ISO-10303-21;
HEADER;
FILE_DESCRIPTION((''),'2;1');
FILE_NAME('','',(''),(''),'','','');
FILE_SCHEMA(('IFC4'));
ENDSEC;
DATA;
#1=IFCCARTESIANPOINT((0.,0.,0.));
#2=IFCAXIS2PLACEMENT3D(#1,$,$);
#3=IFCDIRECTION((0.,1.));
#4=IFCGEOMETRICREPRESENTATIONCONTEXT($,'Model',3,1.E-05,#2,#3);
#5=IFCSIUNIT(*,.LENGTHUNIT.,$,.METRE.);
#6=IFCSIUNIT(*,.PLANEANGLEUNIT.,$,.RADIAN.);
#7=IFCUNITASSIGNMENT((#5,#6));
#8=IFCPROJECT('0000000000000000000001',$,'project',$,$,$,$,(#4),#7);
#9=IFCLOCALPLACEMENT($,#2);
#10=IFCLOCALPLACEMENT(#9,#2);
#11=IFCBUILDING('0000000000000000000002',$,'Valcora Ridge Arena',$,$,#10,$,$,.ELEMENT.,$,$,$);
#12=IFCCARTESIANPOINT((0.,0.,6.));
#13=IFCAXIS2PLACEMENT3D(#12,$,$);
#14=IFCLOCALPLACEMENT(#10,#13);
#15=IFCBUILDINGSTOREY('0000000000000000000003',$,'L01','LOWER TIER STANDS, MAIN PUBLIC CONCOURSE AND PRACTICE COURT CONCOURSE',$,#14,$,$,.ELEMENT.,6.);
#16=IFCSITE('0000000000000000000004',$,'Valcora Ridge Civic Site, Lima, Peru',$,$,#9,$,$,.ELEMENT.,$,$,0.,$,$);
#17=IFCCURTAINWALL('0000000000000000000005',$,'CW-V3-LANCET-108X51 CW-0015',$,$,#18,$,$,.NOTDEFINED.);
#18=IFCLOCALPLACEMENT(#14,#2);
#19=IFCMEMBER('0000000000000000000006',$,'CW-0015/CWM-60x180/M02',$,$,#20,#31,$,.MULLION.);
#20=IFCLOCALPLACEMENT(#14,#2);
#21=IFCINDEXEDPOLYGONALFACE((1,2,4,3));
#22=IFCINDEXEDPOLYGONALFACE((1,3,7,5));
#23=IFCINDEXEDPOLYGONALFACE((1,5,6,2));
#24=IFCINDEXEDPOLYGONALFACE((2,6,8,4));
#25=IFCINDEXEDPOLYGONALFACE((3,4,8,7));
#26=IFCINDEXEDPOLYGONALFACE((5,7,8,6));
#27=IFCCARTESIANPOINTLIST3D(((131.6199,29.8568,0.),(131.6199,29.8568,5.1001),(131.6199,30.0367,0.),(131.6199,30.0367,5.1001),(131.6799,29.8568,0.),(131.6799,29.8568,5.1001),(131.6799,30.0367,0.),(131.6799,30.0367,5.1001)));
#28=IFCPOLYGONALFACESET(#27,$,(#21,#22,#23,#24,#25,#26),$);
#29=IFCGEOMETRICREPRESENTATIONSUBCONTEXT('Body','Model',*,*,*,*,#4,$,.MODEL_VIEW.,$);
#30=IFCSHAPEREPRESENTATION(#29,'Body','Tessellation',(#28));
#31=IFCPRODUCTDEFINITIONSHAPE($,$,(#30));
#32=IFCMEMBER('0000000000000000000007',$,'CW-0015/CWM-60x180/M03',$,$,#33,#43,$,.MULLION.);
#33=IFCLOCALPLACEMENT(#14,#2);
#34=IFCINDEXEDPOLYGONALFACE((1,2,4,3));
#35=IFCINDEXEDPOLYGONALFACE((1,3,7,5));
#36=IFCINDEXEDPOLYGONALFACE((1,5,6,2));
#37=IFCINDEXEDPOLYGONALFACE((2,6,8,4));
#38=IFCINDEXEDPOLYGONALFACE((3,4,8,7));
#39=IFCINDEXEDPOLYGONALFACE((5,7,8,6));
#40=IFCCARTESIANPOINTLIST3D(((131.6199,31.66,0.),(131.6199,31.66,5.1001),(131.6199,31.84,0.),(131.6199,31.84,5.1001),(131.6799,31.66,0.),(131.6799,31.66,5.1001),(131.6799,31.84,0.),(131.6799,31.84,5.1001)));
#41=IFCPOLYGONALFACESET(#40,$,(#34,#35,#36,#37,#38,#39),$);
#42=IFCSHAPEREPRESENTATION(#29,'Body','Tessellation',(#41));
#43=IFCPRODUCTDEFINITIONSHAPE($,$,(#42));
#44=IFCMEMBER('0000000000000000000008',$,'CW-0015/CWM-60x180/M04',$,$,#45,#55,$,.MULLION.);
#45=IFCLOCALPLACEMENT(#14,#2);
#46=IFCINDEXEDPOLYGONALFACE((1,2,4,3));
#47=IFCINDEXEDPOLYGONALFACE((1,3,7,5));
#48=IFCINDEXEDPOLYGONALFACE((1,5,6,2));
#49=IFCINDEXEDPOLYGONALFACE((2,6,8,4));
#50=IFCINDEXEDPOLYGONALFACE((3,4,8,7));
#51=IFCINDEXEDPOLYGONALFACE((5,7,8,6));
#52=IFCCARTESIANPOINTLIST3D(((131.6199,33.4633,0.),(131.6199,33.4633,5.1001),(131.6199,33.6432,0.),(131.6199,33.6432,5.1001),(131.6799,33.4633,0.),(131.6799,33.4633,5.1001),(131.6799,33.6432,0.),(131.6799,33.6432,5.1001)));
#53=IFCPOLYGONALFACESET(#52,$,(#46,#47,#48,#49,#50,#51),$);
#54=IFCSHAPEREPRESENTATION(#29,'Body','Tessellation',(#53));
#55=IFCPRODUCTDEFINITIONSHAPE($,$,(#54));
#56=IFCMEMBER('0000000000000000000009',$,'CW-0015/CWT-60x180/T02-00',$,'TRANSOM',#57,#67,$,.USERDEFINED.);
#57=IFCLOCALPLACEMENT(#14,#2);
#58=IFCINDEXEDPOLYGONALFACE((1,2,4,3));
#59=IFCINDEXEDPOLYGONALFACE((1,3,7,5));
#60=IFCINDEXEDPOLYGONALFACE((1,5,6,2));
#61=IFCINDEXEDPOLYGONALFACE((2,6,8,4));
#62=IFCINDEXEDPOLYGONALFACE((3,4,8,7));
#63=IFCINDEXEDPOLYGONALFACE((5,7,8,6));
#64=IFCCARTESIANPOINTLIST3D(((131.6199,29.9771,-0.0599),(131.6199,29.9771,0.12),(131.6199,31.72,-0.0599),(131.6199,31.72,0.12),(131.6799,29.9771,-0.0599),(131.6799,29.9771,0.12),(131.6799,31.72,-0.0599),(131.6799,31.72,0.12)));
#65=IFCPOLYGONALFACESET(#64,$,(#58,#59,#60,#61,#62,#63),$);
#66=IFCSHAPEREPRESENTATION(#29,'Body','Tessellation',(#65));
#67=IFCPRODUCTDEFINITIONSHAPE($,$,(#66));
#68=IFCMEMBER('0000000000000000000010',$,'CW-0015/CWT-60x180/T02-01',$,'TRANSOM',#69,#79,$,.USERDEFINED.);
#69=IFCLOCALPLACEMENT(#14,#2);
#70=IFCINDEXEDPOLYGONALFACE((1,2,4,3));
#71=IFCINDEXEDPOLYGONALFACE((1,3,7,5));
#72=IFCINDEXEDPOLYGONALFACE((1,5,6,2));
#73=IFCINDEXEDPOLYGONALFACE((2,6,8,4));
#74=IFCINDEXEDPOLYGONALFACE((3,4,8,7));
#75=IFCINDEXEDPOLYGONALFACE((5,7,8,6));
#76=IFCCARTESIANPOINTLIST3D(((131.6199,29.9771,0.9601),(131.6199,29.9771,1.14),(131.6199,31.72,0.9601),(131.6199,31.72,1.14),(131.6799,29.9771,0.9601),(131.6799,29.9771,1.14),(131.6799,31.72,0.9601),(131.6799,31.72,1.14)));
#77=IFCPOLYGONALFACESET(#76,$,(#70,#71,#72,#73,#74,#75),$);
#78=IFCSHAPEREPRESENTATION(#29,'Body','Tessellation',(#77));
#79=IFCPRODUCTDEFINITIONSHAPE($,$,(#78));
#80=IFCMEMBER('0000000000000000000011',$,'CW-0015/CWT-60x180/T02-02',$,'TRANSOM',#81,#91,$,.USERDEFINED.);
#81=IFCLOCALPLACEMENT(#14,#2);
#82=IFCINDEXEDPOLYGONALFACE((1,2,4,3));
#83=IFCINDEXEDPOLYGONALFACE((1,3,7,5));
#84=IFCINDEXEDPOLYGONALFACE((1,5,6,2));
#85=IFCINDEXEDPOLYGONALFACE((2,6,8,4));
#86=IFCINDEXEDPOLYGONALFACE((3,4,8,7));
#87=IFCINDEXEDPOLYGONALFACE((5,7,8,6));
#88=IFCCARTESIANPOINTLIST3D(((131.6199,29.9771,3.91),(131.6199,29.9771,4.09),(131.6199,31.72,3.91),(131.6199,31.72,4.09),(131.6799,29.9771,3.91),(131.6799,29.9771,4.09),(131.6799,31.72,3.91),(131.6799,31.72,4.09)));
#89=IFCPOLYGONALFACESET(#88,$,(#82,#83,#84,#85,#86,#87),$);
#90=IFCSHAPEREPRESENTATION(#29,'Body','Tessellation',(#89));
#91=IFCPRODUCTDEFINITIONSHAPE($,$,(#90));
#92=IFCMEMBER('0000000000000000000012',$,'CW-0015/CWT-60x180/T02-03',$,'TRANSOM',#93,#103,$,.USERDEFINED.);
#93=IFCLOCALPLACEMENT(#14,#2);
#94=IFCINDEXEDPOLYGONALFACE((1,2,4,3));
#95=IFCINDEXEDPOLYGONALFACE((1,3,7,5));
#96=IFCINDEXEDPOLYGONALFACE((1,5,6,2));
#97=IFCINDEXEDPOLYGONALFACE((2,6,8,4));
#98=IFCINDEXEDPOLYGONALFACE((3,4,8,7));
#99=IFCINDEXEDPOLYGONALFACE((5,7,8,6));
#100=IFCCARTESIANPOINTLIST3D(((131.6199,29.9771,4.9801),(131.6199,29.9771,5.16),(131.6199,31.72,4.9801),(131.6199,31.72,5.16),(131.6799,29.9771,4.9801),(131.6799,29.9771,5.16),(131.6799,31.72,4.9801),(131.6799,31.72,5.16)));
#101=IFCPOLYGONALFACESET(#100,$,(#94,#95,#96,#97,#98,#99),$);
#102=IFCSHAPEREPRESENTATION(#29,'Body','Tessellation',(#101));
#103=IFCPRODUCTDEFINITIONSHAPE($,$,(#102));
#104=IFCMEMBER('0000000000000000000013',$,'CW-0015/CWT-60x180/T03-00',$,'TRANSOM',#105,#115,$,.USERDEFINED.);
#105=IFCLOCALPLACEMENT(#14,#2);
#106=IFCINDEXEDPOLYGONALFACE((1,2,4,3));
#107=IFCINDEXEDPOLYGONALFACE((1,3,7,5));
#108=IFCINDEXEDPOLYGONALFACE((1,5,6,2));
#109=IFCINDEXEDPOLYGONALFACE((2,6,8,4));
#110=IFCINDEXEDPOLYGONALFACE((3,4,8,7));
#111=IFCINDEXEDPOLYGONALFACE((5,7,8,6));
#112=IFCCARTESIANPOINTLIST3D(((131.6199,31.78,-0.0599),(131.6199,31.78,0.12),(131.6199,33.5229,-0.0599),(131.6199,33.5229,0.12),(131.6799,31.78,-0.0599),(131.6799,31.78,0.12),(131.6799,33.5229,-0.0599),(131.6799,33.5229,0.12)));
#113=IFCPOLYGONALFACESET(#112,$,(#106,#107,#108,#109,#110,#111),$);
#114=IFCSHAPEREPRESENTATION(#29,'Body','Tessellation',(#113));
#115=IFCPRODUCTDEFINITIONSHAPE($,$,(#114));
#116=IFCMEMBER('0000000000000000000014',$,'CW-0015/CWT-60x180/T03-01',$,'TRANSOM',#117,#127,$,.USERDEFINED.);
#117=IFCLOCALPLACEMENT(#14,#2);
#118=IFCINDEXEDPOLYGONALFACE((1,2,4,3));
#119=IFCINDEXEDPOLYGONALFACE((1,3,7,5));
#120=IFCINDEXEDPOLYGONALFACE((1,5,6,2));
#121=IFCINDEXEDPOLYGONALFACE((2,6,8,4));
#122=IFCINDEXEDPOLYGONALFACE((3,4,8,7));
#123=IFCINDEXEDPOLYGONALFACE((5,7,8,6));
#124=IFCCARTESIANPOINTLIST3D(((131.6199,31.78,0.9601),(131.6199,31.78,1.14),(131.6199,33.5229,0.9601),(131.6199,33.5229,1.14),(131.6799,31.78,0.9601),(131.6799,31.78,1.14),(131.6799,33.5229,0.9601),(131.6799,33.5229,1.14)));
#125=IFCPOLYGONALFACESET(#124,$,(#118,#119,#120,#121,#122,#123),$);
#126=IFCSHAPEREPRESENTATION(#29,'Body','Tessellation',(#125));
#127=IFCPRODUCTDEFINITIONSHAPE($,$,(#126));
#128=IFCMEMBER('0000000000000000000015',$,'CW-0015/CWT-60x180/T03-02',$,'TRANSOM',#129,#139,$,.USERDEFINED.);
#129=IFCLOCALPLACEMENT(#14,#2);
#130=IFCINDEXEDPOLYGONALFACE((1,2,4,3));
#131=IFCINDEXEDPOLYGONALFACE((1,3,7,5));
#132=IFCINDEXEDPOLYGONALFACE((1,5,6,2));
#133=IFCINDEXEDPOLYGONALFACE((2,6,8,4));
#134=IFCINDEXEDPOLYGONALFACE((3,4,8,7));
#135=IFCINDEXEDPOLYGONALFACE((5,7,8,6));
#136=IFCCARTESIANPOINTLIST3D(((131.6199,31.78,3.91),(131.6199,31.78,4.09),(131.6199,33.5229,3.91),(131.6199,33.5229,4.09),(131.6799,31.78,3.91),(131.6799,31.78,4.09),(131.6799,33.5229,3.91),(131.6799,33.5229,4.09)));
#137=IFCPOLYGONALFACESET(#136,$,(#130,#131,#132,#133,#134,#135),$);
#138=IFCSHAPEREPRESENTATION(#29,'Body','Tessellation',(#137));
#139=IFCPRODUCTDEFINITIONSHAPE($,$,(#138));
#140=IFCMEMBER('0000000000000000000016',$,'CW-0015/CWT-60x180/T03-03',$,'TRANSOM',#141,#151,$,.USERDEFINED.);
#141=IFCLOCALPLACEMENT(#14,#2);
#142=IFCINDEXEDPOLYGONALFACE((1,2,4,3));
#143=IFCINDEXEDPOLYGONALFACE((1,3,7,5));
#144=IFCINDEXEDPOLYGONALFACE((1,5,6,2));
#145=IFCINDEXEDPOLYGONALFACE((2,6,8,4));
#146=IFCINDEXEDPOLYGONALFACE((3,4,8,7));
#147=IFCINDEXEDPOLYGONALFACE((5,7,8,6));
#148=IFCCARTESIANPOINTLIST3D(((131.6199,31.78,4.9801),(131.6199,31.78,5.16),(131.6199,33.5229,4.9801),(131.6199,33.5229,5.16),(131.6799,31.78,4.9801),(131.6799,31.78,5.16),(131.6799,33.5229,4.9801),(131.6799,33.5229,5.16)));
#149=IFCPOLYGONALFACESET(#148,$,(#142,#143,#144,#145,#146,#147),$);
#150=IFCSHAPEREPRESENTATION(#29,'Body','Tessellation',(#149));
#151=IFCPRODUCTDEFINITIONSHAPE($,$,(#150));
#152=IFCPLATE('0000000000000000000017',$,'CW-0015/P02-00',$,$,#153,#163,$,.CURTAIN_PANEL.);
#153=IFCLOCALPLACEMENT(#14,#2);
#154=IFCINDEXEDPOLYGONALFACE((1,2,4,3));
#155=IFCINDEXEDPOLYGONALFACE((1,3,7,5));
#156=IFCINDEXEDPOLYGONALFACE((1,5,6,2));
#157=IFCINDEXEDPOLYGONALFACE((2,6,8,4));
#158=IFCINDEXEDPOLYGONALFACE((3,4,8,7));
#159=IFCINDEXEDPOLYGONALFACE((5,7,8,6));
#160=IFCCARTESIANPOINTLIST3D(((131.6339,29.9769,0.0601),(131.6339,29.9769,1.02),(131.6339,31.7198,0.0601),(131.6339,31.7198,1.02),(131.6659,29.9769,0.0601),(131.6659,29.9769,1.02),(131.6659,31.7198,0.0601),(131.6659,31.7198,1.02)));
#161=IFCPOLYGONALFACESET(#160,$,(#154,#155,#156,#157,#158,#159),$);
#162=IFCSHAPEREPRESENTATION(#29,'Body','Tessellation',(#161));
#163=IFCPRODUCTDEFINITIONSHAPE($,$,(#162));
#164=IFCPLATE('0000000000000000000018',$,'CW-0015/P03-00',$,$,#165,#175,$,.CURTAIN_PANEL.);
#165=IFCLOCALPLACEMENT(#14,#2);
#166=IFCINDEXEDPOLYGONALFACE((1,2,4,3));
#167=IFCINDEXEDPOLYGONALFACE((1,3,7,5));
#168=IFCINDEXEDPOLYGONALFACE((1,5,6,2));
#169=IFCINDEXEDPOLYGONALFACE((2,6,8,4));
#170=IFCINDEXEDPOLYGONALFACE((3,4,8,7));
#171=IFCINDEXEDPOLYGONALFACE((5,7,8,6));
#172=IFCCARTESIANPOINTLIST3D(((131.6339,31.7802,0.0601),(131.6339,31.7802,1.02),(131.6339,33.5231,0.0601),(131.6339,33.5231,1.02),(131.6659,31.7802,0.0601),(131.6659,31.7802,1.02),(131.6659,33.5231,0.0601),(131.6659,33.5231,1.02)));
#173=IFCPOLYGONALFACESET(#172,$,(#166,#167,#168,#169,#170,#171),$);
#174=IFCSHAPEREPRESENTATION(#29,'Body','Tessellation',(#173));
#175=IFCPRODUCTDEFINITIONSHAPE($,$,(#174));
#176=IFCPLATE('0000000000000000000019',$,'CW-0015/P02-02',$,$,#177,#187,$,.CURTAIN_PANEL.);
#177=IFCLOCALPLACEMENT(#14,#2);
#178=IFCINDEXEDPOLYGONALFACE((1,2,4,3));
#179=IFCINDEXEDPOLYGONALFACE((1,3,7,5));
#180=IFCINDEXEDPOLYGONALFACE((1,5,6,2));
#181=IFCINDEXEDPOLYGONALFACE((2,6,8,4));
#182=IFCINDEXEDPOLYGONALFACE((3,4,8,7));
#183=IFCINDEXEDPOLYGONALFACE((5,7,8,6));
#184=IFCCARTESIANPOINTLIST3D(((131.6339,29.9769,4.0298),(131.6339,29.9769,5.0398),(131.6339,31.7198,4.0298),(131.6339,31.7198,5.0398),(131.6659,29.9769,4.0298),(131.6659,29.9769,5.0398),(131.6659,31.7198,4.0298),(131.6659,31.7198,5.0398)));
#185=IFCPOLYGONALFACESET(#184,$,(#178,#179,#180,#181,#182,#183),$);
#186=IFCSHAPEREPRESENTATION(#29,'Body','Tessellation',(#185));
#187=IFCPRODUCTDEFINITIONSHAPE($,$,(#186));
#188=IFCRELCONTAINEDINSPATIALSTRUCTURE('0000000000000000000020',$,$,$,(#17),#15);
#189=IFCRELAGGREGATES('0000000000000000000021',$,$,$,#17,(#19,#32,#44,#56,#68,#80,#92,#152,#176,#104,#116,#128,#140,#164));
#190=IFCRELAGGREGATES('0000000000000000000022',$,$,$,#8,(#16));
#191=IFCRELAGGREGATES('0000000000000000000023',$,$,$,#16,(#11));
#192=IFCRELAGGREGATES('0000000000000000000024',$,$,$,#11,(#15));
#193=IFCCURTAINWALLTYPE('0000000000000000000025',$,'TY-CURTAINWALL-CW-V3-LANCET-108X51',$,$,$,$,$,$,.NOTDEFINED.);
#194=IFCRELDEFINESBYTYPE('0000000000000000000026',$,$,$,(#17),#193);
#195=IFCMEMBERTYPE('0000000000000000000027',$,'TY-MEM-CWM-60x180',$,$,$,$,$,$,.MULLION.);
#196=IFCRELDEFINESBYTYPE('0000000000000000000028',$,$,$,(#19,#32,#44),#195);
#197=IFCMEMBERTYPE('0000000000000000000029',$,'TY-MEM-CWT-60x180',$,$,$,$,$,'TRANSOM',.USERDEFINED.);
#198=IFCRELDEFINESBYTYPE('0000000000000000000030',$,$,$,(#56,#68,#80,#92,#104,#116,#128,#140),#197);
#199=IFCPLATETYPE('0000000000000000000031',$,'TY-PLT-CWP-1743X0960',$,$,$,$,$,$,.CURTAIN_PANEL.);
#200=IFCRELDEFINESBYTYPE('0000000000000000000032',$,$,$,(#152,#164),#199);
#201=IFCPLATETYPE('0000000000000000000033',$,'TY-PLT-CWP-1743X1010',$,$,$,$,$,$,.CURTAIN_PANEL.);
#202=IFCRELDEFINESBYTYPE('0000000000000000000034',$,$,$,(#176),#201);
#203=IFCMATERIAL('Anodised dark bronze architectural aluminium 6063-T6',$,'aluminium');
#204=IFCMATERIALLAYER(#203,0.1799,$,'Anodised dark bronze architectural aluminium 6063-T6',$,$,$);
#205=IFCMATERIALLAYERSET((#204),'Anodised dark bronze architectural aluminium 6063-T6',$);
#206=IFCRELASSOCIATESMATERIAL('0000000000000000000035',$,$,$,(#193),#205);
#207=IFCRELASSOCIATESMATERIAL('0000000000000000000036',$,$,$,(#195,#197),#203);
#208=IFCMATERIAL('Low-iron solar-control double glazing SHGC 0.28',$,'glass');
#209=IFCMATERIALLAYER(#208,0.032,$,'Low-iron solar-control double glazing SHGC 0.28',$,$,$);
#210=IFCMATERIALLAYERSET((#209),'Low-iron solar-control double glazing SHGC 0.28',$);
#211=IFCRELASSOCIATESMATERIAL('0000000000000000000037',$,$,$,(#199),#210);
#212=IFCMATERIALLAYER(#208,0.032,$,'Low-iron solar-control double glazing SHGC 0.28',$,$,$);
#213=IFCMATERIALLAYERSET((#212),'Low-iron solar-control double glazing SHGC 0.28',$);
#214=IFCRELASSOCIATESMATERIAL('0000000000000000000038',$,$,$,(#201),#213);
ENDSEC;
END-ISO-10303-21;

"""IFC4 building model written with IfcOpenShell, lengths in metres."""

from ifc_helpers import new_model, si_unit, direction, frame, origin, origin_2d, place, context, subcontext, project, spatial, rectangle, extrude, material, layer, layer_set, material_profile, profile_set, type_object, element, aggregate, save


model = new_model("IFC4")

# Units and contexts
model_context = context("Model", 3, precision=1e-05, world=origin(), true_north=direction((0.0, 1.0)))
body_context = subcontext(model_context, "Body", "Model", "MODEL_VIEW")
ifc_project = project(units=[si_unit("LENGTHUNIT", "METRE"), si_unit("PLANEANGLEUNIT", "RADIAN")], contexts=[model_context])

# Site, building, storey
site_placement = place(None, origin())
site = spatial("IfcSite", under=ifc_project, at=site_placement, Name="Valcora Ridge Civic Site, Lima, Peru", CompositionType="ELEMENT", RefElevation=0.0)
building_placement = place(site_placement, origin())
building = spatial("IfcBuilding", under=site, at=building_placement, Name="Valcora Ridge Arena", CompositionType="ELEMENT")
storey_placement = place(building_placement, frame((0.0, 0.0, 6.0)))
storey = spatial("IfcBuildingStorey", under=building, at=storey_placement, Name="L01", Description="LOWER TIER STANDS, MAIN PUBLIC CONCOURSE AND PRACTICE COURT CONCOURSE", CompositionType="ELEMENT", Elevation=6.0)

# Curtain wall, members, plates
ifc_material_1 = material(Name="Anodised dark bronze architectural aluminium 6063-T6", Category="aluminium")
ifc_layer_1 = layer(ifc_material_1, 0.1799, Name="Anodised dark bronze architectural aluminium 6063-T6")
ifc_layer_set_1 = layer_set([ifc_layer_1], Name="Anodised dark bronze architectural aluminium 6063-T6")
curtain_wall_type = type_object("IfcCurtainWallType", Name="TY-CURTAINWALL-CW-V3-LANCET-108X51", PredefinedType="NOTDEFINED", material=ifc_layer_set_1)
curtain_wall_placement = place(storey_placement, origin())
curtain_wall = element("IfcCurtainWall", 1, at=curtain_wall_placement, inside=storey, type_object=curtain_wall_type, Name="CW-V3-LANCET-108X51 CW-0015", PredefinedType="NOTDEFINED")
ifc_material_profile_1 = material_profile(ifc_material_1, rectangle(XDim=0.0601, YDim=0.1799, at=origin_2d()), Name="ALU MULLION 60x180")
ifc_profile_set_1 = profile_set([ifc_material_profile_1], Name="Anodised dark bronze architectural aluminium 6063-T6")
member_type_1 = type_object("IfcMemberType", Name="TY-MEM-CWM-60x180", PredefinedType="MULLION", material=ifc_profile_set_1)
member_1_placement = place(storey_placement, frame((131.6499, 29.9468, 0.0), z_axis=(0.0, 0.0, 1.0), x_axis=(-1.0, 0.0, 0.0)))
member_1 = element("IfcMember", 2, at=member_1_placement, type_object=member_type_1, Name="CW-0015/CWM-60x180/M02", PredefinedType="MULLION", context=body_context, shape_type="SweptSolid", body=[
    extrude(rectangle(XDim=0.0601, YDim=0.1799, at=origin_2d()), origin(), (0.0, 0.0, 1.0), 5.1001),
])
member_2_placement = place(storey_placement, frame((131.6499, 31.75, 0.0), z_axis=(0.0, 0.0, 1.0), x_axis=(-1.0, 0.0, 0.0)))
member_2 = element("IfcMember", 3, at=member_2_placement, type_object=member_type_1, Name="CW-0015/CWM-60x180/M03", PredefinedType="MULLION", context=body_context, shape_type="SweptSolid", body=[
    extrude(rectangle(XDim=0.0601, YDim=0.1799, at=origin_2d()), origin(), (0.0, 0.0, 1.0), 5.1001),
])
member_3_placement = place(storey_placement, frame((131.6499, 33.5532, 0.0), z_axis=(0.0, 0.0, 1.0), x_axis=(-1.0, 0.0, 0.0)))
member_3 = element("IfcMember", 4, at=member_3_placement, type_object=member_type_1, Name="CW-0015/CWM-60x180/M04", PredefinedType="MULLION", context=body_context, shape_type="SweptSolid", body=[
    extrude(rectangle(XDim=0.0601, YDim=0.1799, at=origin_2d()), origin(), (0.0, 0.0, 1.0), 5.1001),
])
ifc_material_profile_2 = material_profile(ifc_material_1, rectangle(XDim=0.0601, YDim=0.1799, at=origin_2d()), Name="ALU TRANSOM 60x180")
ifc_profile_set_2 = profile_set([ifc_material_profile_2], Name="Anodised dark bronze architectural aluminium 6063-T6")
member_type_2 = type_object("IfcMemberType", Name="TY-MEM-CWT-60x180", ElementType="TRANSOM", PredefinedType="USERDEFINED", material=ifc_profile_set_2)
member_4_placement = place(storey_placement, frame((131.6499, 29.9771, 0.03), z_axis=(0.0, 1.0, 0.0), x_axis=(-1.0, 0.0, 0.0)))
member_4 = element("IfcMember", 5, at=member_4_placement, type_object=member_type_2, Name="CW-0015/CWT-60x180/T02-00", ObjectType="TRANSOM", PredefinedType="USERDEFINED", context=body_context, shape_type="SweptSolid", body=[
    extrude(rectangle(XDim=0.0601, YDim=0.1799, at=origin_2d()), origin(), (0.0, 0.0, 1.0), 1.7429),
])
member_5_placement = place(storey_placement, frame((131.6499, 29.9771, 1.05), z_axis=(0.0, 1.0, 0.0), x_axis=(-1.0, 0.0, 0.0)))
member_5 = element("IfcMember", 6, at=member_5_placement, type_object=member_type_2, Name="CW-0015/CWT-60x180/T02-01", ObjectType="TRANSOM", PredefinedType="USERDEFINED", context=body_context, shape_type="SweptSolid", body=[
    extrude(rectangle(XDim=0.0601, YDim=0.1799, at=origin_2d()), origin(), (0.0, 0.0, 1.0), 1.7429),
])
member_6_placement = place(storey_placement, frame((131.6499, 29.9771, 4.0), z_axis=(0.0, 1.0, 0.0), x_axis=(-1.0, 0.0, 0.0)))
member_6 = element("IfcMember", 7, at=member_6_placement, type_object=member_type_2, Name="CW-0015/CWT-60x180/T02-02", ObjectType="TRANSOM", PredefinedType="USERDEFINED", context=body_context, shape_type="SweptSolid", body=[
    extrude(rectangle(XDim=0.0601, YDim=0.1799, at=origin_2d()), origin(), (0.0, 0.0, 1.0), 1.7429),
])
member_7_placement = place(storey_placement, frame((131.6499, 29.9771, 5.0701), z_axis=(0.0, 1.0, 0.0), x_axis=(-1.0, 0.0, 0.0)))
member_7 = element("IfcMember", 8, at=member_7_placement, type_object=member_type_2, Name="CW-0015/CWT-60x180/T02-03", ObjectType="TRANSOM", PredefinedType="USERDEFINED", context=body_context, shape_type="SweptSolid", body=[
    extrude(rectangle(XDim=0.0601, YDim=0.1799, at=origin_2d()), origin(), (0.0, 0.0, 1.0), 1.7429),
])
member_8_placement = place(storey_placement, frame((131.6499, 31.78, 0.03), z_axis=(0.0, 1.0, 0.0), x_axis=(-1.0, 0.0, 0.0)))
member_8 = element("IfcMember", 9, at=member_8_placement, type_object=member_type_2, Name="CW-0015/CWT-60x180/T03-00", ObjectType="TRANSOM", PredefinedType="USERDEFINED", context=body_context, shape_type="SweptSolid", body=[
    extrude(rectangle(XDim=0.0601, YDim=0.1799, at=origin_2d()), origin(), (0.0, 0.0, 1.0), 1.7429),
])
member_9_placement = place(storey_placement, frame((131.6499, 31.78, 1.05), z_axis=(0.0, 1.0, 0.0), x_axis=(-1.0, 0.0, 0.0)))
member_9 = element("IfcMember", 10, at=member_9_placement, type_object=member_type_2, Name="CW-0015/CWT-60x180/T03-01", ObjectType="TRANSOM", PredefinedType="USERDEFINED", context=body_context, shape_type="SweptSolid", body=[
    extrude(rectangle(XDim=0.0601, YDim=0.1799, at=origin_2d()), origin(), (0.0, 0.0, 1.0), 1.7429),
])
member_10_placement = place(storey_placement, frame((131.6499, 31.78, 4.0), z_axis=(0.0, 1.0, 0.0), x_axis=(-1.0, 0.0, 0.0)))
member_10 = element("IfcMember", 11, at=member_10_placement, type_object=member_type_2, Name="CW-0015/CWT-60x180/T03-02", ObjectType="TRANSOM", PredefinedType="USERDEFINED", context=body_context, shape_type="SweptSolid", body=[
    extrude(rectangle(XDim=0.0601, YDim=0.1799, at=origin_2d()), origin(), (0.0, 0.0, 1.0), 1.7429),
])
member_11_placement = place(storey_placement, frame((131.6499, 31.78, 5.0701), z_axis=(0.0, 1.0, 0.0), x_axis=(-1.0, 0.0, 0.0)))
member_11 = element("IfcMember", 12, at=member_11_placement, type_object=member_type_2, Name="CW-0015/CWT-60x180/T03-03", ObjectType="TRANSOM", PredefinedType="USERDEFINED", context=body_context, shape_type="SweptSolid", body=[
    extrude(rectangle(XDim=0.0601, YDim=0.1799, at=origin_2d()), origin(), (0.0, 0.0, 1.0), 1.7429),
])
ifc_material_2 = material(Name="Low-iron solar-control double glazing SHGC 0.28", Category="glass")
ifc_layer_2 = layer(ifc_material_2, 0.032, Name="Low-iron solar-control double glazing SHGC 0.28")
ifc_layer_set_2 = layer_set([ifc_layer_2], Name="Low-iron solar-control double glazing SHGC 0.28")
plate_type_1 = type_object("IfcPlateType", Name="TY-PLT-CWP-1743X0960", PredefinedType="CURTAIN_PANEL", material=ifc_layer_set_2)
plate_1_placement = place(storey_placement, frame((131.6499, 30.8484, 0.0601), z_axis=(0.0, 0.0, 1.0), x_axis=(0.0, 1.0, 0.0)))
plate_1 = element("IfcPlate", 13, at=plate_1_placement, type_object=plate_type_1, Name="CW-0015/P02-00", PredefinedType="CURTAIN_PANEL", context=body_context, shape_type="SweptSolid", body=[
    extrude(rectangle(XDim=1.7429, YDim=0.032, at=origin_2d()), origin(), (0.0, 0.0, 1.0), 0.96),
])
plate_2_placement = place(storey_placement, frame((131.6499, 32.6516, 0.0601), z_axis=(0.0, 0.0, 1.0), x_axis=(0.0, 1.0, 0.0)))
plate_2 = element("IfcPlate", 14, at=plate_2_placement, type_object=plate_type_1, Name="CW-0015/P03-00", PredefinedType="CURTAIN_PANEL", context=body_context, shape_type="SweptSolid", body=[
    extrude(rectangle(XDim=1.7429, YDim=0.032, at=origin_2d()), origin(), (0.0, 0.0, 1.0), 0.96),
])
ifc_layer_3 = layer(ifc_material_2, 0.032, Name="Low-iron solar-control double glazing SHGC 0.28")
ifc_layer_set_3 = layer_set([ifc_layer_3], Name="Low-iron solar-control double glazing SHGC 0.28")
plate_type_2 = type_object("IfcPlateType", Name="TY-PLT-CWP-1743X1010", PredefinedType="CURTAIN_PANEL", material=ifc_layer_set_3)
plate_3_placement = place(storey_placement, frame((131.6499, 30.8484, 4.0298), z_axis=(0.0, 0.0, 1.0), x_axis=(0.0, 1.0, 0.0)))
plate_3 = element("IfcPlate", 15, at=plate_3_placement, type_object=plate_type_2, Name="CW-0015/P02-02", PredefinedType="CURTAIN_PANEL", context=body_context, shape_type="SweptSolid", body=[
    extrude(rectangle(XDim=1.7429, YDim=0.032, at=origin_2d()), origin(), (0.0, 0.0, 1.0), 1.01),
])
aggregate(curtain_wall, [member_1, member_2, member_3, member_4, member_5, member_6, member_7, plate_1, plate_3, member_8, member_9, member_10, member_11, plate_2])

save(model, "model.ifc")
